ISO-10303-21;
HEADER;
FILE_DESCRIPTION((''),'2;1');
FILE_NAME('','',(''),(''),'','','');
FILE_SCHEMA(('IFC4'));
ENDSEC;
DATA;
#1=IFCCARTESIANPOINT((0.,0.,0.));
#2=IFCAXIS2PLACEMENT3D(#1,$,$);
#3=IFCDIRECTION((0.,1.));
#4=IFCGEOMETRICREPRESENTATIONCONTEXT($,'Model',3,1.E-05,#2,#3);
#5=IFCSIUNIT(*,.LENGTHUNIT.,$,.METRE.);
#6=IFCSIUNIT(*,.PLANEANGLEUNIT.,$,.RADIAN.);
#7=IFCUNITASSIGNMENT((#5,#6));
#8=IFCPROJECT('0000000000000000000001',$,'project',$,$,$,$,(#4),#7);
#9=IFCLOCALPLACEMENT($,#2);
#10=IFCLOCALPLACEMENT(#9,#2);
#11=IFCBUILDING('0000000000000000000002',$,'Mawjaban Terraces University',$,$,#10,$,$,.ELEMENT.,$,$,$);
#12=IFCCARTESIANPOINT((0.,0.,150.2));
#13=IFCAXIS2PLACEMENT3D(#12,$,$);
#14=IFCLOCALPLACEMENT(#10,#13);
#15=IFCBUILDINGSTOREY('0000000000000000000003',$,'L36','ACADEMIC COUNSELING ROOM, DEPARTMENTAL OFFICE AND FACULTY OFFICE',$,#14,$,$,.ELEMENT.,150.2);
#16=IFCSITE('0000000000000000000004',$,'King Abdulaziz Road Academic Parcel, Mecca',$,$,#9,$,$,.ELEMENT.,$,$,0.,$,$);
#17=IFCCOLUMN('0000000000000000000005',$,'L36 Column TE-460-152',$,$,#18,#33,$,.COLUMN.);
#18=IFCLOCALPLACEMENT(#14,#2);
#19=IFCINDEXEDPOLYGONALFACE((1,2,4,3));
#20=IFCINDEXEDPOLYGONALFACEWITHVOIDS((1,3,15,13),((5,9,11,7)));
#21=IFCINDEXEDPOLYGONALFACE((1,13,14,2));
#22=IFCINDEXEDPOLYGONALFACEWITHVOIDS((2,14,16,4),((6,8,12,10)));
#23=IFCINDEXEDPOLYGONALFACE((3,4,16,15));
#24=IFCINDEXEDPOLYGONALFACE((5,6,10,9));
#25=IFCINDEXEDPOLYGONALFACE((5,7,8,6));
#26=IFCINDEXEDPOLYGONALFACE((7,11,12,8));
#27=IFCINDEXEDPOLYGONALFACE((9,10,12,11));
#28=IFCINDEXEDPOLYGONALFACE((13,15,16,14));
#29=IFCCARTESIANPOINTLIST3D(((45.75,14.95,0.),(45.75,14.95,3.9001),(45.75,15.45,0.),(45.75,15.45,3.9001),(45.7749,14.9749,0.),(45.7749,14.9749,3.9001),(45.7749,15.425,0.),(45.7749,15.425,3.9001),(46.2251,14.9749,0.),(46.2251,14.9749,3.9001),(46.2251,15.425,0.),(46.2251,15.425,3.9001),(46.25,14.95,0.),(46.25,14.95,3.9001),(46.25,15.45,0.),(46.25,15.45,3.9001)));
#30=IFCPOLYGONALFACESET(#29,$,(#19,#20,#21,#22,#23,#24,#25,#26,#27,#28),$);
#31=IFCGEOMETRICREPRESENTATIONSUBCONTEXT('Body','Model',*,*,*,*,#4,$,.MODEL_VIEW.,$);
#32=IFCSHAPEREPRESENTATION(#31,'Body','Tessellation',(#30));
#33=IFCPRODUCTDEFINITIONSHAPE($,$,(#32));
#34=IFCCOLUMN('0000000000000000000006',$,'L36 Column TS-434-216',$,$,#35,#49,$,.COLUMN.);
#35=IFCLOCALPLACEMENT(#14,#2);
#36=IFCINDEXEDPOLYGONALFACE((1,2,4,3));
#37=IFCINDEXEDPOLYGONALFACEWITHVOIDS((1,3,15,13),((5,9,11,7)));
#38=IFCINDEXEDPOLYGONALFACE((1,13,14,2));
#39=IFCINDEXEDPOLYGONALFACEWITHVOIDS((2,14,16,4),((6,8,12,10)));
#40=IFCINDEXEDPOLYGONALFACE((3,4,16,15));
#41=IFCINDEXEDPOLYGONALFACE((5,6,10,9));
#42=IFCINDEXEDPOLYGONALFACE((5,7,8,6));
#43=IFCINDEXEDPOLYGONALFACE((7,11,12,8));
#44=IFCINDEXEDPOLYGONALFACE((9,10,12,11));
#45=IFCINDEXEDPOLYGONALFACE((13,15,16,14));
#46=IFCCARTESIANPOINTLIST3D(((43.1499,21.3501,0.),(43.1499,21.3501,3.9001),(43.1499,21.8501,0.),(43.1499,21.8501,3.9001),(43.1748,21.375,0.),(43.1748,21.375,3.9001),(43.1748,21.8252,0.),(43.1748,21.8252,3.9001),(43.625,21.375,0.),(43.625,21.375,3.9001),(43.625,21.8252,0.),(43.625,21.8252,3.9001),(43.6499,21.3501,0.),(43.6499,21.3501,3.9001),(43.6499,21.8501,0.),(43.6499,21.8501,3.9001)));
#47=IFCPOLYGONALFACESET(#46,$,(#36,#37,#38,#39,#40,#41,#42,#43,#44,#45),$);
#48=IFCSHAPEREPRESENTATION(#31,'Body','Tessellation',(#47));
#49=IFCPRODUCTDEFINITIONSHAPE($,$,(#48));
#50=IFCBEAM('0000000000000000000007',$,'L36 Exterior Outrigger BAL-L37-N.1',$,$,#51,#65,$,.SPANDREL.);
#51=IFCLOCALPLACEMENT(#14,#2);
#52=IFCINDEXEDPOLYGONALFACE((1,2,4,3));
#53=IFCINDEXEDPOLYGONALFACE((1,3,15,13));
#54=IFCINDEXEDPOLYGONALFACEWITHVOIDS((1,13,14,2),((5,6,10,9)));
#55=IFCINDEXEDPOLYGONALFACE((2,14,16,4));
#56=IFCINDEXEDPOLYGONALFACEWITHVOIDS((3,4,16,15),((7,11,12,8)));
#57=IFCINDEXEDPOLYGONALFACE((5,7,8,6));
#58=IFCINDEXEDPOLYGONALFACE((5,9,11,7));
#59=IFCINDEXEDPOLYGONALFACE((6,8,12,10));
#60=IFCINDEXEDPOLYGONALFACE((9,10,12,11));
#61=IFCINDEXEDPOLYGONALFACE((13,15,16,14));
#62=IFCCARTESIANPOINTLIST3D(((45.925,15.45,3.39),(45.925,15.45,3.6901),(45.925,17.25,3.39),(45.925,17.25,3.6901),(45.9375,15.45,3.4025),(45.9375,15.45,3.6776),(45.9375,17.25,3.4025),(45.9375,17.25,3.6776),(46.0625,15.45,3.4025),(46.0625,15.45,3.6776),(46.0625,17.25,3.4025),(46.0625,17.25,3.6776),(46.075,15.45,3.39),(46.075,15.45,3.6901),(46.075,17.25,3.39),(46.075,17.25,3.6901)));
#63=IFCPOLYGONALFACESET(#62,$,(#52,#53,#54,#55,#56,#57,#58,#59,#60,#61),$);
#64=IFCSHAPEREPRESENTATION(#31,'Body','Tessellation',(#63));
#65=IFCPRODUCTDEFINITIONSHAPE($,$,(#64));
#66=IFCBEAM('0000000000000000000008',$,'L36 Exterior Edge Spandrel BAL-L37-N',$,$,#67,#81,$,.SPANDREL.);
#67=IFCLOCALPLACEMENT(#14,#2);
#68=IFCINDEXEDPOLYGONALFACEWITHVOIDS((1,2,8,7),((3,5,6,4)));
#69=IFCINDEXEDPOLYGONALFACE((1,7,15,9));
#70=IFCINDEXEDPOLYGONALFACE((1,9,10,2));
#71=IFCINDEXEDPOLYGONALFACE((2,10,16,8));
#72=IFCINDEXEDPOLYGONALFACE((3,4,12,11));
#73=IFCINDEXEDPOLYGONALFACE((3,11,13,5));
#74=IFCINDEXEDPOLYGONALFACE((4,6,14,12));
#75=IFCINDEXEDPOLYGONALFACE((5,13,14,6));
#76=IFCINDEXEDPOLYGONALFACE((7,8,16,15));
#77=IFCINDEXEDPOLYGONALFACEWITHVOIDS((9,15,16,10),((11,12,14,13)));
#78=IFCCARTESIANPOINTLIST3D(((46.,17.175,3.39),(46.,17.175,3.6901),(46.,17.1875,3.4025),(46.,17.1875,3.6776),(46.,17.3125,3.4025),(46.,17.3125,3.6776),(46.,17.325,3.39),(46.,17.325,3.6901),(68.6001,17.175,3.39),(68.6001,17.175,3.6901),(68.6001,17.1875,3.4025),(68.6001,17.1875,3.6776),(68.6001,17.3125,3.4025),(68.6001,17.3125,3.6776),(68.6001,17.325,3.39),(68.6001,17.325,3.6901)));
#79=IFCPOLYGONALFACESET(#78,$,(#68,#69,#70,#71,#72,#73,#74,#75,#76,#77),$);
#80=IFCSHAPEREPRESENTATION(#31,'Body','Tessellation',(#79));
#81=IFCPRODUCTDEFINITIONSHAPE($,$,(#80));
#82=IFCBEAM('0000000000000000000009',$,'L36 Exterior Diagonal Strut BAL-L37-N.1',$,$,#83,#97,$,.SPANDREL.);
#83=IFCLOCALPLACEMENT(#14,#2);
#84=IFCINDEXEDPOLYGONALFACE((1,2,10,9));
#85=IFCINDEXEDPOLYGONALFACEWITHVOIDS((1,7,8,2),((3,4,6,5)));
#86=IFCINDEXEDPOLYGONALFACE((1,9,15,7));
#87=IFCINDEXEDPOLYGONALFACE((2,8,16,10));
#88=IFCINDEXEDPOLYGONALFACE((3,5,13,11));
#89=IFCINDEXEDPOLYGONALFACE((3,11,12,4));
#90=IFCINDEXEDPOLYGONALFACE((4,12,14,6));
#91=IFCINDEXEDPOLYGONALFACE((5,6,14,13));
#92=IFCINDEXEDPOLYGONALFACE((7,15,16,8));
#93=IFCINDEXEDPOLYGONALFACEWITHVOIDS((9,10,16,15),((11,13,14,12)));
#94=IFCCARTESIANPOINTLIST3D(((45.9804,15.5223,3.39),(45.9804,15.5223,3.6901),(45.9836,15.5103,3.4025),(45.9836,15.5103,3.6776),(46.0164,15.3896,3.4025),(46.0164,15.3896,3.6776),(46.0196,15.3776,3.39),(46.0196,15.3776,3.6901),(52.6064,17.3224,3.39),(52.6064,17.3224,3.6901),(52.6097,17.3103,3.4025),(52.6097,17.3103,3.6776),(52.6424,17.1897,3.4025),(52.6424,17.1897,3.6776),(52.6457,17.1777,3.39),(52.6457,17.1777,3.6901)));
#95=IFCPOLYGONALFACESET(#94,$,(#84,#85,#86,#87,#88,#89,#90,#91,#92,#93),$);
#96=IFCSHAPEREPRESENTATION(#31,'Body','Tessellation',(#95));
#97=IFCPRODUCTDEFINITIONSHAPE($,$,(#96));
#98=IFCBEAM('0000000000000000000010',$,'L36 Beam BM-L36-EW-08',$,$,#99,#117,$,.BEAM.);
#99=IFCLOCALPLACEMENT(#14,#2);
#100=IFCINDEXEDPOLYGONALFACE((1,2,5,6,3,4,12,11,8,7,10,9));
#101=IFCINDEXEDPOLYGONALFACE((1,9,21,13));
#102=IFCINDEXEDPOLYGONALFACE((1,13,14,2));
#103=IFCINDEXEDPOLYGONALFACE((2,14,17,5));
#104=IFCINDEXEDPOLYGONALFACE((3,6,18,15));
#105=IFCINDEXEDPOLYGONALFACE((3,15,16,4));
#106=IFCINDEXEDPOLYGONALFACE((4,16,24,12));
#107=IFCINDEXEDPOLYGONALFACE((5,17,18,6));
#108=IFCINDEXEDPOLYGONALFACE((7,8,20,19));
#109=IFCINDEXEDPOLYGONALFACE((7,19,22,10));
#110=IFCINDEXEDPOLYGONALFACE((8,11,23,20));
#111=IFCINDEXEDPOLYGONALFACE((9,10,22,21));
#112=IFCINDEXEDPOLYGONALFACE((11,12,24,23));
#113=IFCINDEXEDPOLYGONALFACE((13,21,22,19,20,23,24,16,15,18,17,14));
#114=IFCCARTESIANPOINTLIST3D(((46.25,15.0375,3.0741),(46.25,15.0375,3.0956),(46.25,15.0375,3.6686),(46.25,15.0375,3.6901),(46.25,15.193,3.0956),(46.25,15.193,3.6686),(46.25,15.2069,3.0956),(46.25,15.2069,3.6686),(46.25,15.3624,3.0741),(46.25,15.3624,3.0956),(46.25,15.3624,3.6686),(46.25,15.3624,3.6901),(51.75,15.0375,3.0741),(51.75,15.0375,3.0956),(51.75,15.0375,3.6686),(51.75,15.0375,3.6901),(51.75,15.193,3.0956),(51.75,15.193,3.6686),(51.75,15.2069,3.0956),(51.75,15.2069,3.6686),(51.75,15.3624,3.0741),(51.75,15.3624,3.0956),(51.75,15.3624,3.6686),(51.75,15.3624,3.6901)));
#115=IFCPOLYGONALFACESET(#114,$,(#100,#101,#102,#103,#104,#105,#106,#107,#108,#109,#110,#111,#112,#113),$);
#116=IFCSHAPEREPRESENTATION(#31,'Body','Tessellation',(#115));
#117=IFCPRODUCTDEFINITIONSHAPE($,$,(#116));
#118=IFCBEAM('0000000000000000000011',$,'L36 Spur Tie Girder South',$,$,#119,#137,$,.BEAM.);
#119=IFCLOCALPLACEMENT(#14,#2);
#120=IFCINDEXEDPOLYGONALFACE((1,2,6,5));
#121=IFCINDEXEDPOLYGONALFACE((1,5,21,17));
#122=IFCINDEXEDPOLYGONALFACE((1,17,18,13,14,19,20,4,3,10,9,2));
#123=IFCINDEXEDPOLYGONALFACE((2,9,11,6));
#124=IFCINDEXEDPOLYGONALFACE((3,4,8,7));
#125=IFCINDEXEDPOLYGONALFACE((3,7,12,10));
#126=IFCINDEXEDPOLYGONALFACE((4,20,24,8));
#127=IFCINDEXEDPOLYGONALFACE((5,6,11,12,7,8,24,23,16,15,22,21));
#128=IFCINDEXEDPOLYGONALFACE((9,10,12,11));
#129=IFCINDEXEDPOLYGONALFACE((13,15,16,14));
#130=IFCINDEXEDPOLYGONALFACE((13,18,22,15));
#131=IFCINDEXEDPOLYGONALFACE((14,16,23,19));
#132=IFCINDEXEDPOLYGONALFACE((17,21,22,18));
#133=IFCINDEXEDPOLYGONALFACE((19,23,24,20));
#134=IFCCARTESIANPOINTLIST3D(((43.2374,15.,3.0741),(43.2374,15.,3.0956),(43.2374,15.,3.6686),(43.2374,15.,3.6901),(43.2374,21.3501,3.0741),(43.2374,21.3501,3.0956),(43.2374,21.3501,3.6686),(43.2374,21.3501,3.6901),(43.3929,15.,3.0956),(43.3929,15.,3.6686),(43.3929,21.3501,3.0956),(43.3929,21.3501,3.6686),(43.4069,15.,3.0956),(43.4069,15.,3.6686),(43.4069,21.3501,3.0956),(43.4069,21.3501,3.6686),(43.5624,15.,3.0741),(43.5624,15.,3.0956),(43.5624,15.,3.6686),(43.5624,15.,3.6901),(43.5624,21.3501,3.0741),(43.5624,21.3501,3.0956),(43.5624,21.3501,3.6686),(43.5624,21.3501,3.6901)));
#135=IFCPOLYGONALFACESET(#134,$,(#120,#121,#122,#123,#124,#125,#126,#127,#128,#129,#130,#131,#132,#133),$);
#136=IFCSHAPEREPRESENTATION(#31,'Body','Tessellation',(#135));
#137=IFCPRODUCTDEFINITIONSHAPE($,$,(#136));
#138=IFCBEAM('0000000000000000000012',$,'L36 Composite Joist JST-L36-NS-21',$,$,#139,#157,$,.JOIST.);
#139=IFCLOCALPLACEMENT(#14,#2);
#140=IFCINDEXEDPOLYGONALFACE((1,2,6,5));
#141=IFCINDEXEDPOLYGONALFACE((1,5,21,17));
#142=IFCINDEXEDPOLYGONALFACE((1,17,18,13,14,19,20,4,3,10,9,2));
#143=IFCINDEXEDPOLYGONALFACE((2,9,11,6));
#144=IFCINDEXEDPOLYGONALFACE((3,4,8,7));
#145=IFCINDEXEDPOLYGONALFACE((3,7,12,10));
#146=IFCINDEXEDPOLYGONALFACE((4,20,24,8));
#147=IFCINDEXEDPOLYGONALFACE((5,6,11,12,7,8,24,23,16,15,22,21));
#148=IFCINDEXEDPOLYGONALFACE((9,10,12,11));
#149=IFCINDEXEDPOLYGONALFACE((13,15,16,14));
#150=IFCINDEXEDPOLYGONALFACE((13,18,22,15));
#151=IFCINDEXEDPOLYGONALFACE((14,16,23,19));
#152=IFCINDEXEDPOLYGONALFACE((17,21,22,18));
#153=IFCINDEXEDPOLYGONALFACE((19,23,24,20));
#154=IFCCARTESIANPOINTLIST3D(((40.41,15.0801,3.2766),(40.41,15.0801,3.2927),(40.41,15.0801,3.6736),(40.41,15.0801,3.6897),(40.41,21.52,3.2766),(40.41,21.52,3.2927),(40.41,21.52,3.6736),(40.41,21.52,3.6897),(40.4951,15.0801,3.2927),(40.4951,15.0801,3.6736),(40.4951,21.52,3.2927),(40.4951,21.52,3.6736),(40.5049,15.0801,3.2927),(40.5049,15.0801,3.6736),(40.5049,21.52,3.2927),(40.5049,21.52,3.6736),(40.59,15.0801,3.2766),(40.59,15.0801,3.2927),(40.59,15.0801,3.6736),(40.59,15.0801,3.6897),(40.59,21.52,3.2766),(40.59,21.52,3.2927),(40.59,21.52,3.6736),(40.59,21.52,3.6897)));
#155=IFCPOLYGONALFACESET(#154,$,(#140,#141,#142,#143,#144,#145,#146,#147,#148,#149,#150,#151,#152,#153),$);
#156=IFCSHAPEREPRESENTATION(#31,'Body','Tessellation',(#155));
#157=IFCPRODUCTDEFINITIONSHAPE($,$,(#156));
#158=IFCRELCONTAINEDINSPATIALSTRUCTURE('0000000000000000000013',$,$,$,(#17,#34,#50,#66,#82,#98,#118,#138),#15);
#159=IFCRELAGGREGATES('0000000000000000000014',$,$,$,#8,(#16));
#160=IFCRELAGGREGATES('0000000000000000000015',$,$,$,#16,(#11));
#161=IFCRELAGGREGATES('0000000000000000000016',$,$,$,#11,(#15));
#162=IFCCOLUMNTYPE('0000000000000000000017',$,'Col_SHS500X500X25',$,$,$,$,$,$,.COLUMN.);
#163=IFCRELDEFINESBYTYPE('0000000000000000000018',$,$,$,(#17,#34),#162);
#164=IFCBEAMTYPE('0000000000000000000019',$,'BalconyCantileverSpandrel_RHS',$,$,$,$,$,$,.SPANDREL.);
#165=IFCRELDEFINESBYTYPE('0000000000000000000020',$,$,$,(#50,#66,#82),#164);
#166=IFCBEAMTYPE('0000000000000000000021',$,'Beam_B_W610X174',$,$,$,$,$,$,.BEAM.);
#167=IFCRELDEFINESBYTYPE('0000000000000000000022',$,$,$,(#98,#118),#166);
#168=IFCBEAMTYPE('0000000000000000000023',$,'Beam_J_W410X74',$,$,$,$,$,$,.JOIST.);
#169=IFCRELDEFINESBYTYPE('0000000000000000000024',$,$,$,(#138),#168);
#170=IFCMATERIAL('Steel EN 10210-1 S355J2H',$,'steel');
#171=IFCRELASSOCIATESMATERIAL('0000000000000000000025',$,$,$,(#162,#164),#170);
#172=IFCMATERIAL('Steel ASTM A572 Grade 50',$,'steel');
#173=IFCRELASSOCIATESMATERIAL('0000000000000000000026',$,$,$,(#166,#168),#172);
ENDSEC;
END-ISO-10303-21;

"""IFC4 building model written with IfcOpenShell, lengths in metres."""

from ifc_helpers import new_model, si_unit, direction, frame, origin, origin_2d, place, context, subcontext, project, spatial, hollow_rectangle, i_section, extrude, material, material_profile, profile_set, type_object, element, save


model = new_model("IFC4")

# Units and contexts
model_context = context("Model", 3, precision=1e-05, world=origin(), true_north=direction((0.0, 1.0)))
body_context = subcontext(model_context, "Body", "Model", "MODEL_VIEW")
ifc_project = project(units=[si_unit("LENGTHUNIT", "METRE"), si_unit("PLANEANGLEUNIT", "RADIAN")], contexts=[model_context])

# Site, building, storey
site_placement = place(None, origin())
site = spatial("IfcSite", under=ifc_project, at=site_placement, Name="King Abdulaziz Road Academic Parcel, Mecca", CompositionType="ELEMENT", RefElevation=0.0)
building_placement = place(site_placement, origin())
building = spatial("IfcBuilding", under=site, at=building_placement, Name="Mawjaban Terraces University", CompositionType="ELEMENT")
storey_placement = place(building_placement, frame((0.0, 0.0, 150.2)))
storey = spatial("IfcBuildingStorey", under=building, at=storey_placement, Name="L36", Description="ACADEMIC COUNSELING ROOM, DEPARTMENTAL OFFICE AND FACULTY OFFICE", CompositionType="ELEMENT", Elevation=150.2)

# Columns
ifc_material_1 = material(Name="Steel EN 10210-1 S355J2H", Category="steel")
ifc_material_profile_1 = material_profile(ifc_material_1, hollow_rectangle(XDim=0.5, YDim=0.5, WallThickness=0.0249, at=origin_2d()), Name="SHS500X500X25")
ifc_profile_set_1 = profile_set([ifc_material_profile_1], Name="Steel EN 10210-1 S355J2H")
column_type = type_object("IfcColumnType", Name="Col_SHS500X500X25", PredefinedType="COLUMN", material=ifc_profile_set_1)
for number, where, z_axis, x_axis, name in (
    (1, (46.0, 15.2, 0.0), (0.0, 0.0, 1.0), (1.0, 0.0, 0.0), "L36 Column TE-460-152"),
    (2, (43.3999, 21.6001, 0.0), (0.0, 0.0, 1.0), (1.0, 0.0, 0.0), "L36 Column TS-434-216"),
):
    element("IfcColumn", number, at=place(storey_placement, frame(where, z_axis=z_axis, x_axis=x_axis)), inside=storey, type_object=column_type, Name=name, PredefinedType="COLUMN", context=body_context, shape_type="SweptSolid", body=[
        extrude(hollow_rectangle(XDim=0.5, YDim=0.5, WallThickness=0.0249, at=origin_2d()), origin(), (0.0, 0.0, 1.0), 3.9001),
    ])

# Beams
ifc_material_profile_2 = material_profile(ifc_material_1, hollow_rectangle(XDim=0.1499, YDim=0.3, WallThickness=0.0125, at=origin_2d()), Name="RHS300X150X12.5")
ifc_profile_set_2 = profile_set([ifc_material_profile_2], Name="Steel EN 10210-1 S355J2H")
beam_type_1 = type_object("IfcBeamType", Name="BalconyCantileverSpandrel_RHS", PredefinedType="SPANDREL", material=ifc_profile_set_2)
beam_1_placement = place(storey_placement, frame((46.0, 15.45, 3.54), z_axis=(0.0, 1.0, 0.0), x_axis=(-1.0, 0.0, 0.0)))
element("IfcBeam", 3, at=beam_1_placement, inside=storey, type_object=beam_type_1, Name="L36 Exterior Outrigger BAL-L37-N.1", PredefinedType="SPANDREL", context=body_context, shape_type="SweptSolid", body=[
    extrude(hollow_rectangle(XDim=0.1499, YDim=0.3, WallThickness=0.0125, at=origin_2d()), origin(), (0.0, 0.0, 1.0), 1.8),
])
beam_2_placement = place(storey_placement, frame((46.0, 17.25, 3.54), z_axis=(1.0, 0.0, 0.0), x_axis=(0.0, 1.0, 0.0)))
element("IfcBeam", 4, at=beam_2_placement, inside=storey, type_object=beam_type_1, Name="L36 Exterior Edge Spandrel BAL-L37-N", PredefinedType="SPANDREL", context=body_context, shape_type="SweptSolid", body=[
    extrude(hollow_rectangle(XDim=0.1499, YDim=0.3, WallThickness=0.0125, at=origin_2d()), origin(), (0.0, 0.0, 1.0), 22.6001),
])
beam_3_placement = place(storey_placement, frame((46.0, 15.45, 3.54), z_axis=(0.965023, 0.262164, 0.0), x_axis=(-0.262164, 0.965023, 0.0)))
element("IfcBeam", 5, at=beam_3_placement, inside=storey, type_object=beam_type_1, Name="L36 Exterior Diagonal Strut BAL-L37-N.1", PredefinedType="SPANDREL", context=body_context, shape_type="SweptSolid", body=[
    extrude(hollow_rectangle(XDim=0.1499, YDim=0.3, WallThickness=0.0125, at=origin_2d()), origin(), (0.0, 0.0, 1.0), 6.8662),
])
ifc_material_2 = material(Name="Steel ASTM A572 Grade 50", Category="steel")
ifc_material_profile_3 = material_profile(ifc_material_2, i_section(OverallWidth=0.325, OverallDepth=0.616, WebThickness=0.0139, FlangeThickness=0.0215, at=origin_2d()), Name="W610X174")
ifc_profile_set_3 = profile_set([ifc_material_profile_3], Name="Steel ASTM A572 Grade 50")
beam_type_2 = type_object("IfcBeamType", Name="Beam_B_W610X174", PredefinedType="BEAM", material=ifc_profile_set_3)
beam_4_placement = place(storey_placement, frame((46.25, 15.2, 3.3821), z_axis=(1.0, 0.0, 0.0), x_axis=(0.0, 1.0, 0.0)))
element("IfcBeam", 6, at=beam_4_placement, inside=storey, type_object=beam_type_2, Name="L36 Beam BM-L36-EW-08", PredefinedType="BEAM", context=body_context, shape_type="SweptSolid", body=[
    extrude(i_section(OverallWidth=0.325, OverallDepth=0.616, WebThickness=0.0139, FlangeThickness=0.0215, at=origin_2d()), origin(), (0.0, 0.0, 1.0), 5.5),
])
beam_5_placement = place(storey_placement, frame((43.3999, 15.0, 3.3821), z_axis=(0.0, 1.0, 0.0), x_axis=(-1.0, 0.0, 0.0)))
element("IfcBeam", 7, at=beam_5_placement, inside=storey, type_object=beam_type_2, Name="L36 Spur Tie Girder South", PredefinedType="BEAM", context=body_context, shape_type="SweptSolid", body=[
    extrude(i_section(OverallWidth=0.325, OverallDepth=0.616, WebThickness=0.0139, FlangeThickness=0.0215, at=origin_2d()), origin(), (0.0, 0.0, 1.0), 6.3501),
])
ifc_material_profile_4 = material_profile(ifc_material_2, i_section(OverallWidth=0.1799, OverallDepth=0.4131, WebThickness=0.0098, FlangeThickness=0.0161, at=origin_2d()), Name="W410X74")
ifc_profile_set_4 = profile_set([ifc_material_profile_4], Name="Steel ASTM A572 Grade 50")
beam_type_3 = type_object("IfcBeamType", Name="Beam_J_W410X74", PredefinedType="JOIST", material=ifc_profile_set_4)
beam_6_placement = place(storey_placement, frame((40.5, 15.0801, 3.4832), z_axis=(0.0, 1.0, 0.0), x_axis=(-1.0, 0.0, 0.0)))
element("IfcBeam", 8, at=beam_6_placement, inside=storey, type_object=beam_type_3, Name="L36 Composite Joist JST-L36-NS-21", PredefinedType="JOIST", context=body_context, shape_type="SweptSolid", body=[
    extrude(i_section(OverallWidth=0.1799, OverallDepth=0.4131, WebThickness=0.0098, FlangeThickness=0.0161, at=origin_2d()), origin(), (0.0, 0.0, 1.0), 6.4399),
])

save(model, "model.ifc")
